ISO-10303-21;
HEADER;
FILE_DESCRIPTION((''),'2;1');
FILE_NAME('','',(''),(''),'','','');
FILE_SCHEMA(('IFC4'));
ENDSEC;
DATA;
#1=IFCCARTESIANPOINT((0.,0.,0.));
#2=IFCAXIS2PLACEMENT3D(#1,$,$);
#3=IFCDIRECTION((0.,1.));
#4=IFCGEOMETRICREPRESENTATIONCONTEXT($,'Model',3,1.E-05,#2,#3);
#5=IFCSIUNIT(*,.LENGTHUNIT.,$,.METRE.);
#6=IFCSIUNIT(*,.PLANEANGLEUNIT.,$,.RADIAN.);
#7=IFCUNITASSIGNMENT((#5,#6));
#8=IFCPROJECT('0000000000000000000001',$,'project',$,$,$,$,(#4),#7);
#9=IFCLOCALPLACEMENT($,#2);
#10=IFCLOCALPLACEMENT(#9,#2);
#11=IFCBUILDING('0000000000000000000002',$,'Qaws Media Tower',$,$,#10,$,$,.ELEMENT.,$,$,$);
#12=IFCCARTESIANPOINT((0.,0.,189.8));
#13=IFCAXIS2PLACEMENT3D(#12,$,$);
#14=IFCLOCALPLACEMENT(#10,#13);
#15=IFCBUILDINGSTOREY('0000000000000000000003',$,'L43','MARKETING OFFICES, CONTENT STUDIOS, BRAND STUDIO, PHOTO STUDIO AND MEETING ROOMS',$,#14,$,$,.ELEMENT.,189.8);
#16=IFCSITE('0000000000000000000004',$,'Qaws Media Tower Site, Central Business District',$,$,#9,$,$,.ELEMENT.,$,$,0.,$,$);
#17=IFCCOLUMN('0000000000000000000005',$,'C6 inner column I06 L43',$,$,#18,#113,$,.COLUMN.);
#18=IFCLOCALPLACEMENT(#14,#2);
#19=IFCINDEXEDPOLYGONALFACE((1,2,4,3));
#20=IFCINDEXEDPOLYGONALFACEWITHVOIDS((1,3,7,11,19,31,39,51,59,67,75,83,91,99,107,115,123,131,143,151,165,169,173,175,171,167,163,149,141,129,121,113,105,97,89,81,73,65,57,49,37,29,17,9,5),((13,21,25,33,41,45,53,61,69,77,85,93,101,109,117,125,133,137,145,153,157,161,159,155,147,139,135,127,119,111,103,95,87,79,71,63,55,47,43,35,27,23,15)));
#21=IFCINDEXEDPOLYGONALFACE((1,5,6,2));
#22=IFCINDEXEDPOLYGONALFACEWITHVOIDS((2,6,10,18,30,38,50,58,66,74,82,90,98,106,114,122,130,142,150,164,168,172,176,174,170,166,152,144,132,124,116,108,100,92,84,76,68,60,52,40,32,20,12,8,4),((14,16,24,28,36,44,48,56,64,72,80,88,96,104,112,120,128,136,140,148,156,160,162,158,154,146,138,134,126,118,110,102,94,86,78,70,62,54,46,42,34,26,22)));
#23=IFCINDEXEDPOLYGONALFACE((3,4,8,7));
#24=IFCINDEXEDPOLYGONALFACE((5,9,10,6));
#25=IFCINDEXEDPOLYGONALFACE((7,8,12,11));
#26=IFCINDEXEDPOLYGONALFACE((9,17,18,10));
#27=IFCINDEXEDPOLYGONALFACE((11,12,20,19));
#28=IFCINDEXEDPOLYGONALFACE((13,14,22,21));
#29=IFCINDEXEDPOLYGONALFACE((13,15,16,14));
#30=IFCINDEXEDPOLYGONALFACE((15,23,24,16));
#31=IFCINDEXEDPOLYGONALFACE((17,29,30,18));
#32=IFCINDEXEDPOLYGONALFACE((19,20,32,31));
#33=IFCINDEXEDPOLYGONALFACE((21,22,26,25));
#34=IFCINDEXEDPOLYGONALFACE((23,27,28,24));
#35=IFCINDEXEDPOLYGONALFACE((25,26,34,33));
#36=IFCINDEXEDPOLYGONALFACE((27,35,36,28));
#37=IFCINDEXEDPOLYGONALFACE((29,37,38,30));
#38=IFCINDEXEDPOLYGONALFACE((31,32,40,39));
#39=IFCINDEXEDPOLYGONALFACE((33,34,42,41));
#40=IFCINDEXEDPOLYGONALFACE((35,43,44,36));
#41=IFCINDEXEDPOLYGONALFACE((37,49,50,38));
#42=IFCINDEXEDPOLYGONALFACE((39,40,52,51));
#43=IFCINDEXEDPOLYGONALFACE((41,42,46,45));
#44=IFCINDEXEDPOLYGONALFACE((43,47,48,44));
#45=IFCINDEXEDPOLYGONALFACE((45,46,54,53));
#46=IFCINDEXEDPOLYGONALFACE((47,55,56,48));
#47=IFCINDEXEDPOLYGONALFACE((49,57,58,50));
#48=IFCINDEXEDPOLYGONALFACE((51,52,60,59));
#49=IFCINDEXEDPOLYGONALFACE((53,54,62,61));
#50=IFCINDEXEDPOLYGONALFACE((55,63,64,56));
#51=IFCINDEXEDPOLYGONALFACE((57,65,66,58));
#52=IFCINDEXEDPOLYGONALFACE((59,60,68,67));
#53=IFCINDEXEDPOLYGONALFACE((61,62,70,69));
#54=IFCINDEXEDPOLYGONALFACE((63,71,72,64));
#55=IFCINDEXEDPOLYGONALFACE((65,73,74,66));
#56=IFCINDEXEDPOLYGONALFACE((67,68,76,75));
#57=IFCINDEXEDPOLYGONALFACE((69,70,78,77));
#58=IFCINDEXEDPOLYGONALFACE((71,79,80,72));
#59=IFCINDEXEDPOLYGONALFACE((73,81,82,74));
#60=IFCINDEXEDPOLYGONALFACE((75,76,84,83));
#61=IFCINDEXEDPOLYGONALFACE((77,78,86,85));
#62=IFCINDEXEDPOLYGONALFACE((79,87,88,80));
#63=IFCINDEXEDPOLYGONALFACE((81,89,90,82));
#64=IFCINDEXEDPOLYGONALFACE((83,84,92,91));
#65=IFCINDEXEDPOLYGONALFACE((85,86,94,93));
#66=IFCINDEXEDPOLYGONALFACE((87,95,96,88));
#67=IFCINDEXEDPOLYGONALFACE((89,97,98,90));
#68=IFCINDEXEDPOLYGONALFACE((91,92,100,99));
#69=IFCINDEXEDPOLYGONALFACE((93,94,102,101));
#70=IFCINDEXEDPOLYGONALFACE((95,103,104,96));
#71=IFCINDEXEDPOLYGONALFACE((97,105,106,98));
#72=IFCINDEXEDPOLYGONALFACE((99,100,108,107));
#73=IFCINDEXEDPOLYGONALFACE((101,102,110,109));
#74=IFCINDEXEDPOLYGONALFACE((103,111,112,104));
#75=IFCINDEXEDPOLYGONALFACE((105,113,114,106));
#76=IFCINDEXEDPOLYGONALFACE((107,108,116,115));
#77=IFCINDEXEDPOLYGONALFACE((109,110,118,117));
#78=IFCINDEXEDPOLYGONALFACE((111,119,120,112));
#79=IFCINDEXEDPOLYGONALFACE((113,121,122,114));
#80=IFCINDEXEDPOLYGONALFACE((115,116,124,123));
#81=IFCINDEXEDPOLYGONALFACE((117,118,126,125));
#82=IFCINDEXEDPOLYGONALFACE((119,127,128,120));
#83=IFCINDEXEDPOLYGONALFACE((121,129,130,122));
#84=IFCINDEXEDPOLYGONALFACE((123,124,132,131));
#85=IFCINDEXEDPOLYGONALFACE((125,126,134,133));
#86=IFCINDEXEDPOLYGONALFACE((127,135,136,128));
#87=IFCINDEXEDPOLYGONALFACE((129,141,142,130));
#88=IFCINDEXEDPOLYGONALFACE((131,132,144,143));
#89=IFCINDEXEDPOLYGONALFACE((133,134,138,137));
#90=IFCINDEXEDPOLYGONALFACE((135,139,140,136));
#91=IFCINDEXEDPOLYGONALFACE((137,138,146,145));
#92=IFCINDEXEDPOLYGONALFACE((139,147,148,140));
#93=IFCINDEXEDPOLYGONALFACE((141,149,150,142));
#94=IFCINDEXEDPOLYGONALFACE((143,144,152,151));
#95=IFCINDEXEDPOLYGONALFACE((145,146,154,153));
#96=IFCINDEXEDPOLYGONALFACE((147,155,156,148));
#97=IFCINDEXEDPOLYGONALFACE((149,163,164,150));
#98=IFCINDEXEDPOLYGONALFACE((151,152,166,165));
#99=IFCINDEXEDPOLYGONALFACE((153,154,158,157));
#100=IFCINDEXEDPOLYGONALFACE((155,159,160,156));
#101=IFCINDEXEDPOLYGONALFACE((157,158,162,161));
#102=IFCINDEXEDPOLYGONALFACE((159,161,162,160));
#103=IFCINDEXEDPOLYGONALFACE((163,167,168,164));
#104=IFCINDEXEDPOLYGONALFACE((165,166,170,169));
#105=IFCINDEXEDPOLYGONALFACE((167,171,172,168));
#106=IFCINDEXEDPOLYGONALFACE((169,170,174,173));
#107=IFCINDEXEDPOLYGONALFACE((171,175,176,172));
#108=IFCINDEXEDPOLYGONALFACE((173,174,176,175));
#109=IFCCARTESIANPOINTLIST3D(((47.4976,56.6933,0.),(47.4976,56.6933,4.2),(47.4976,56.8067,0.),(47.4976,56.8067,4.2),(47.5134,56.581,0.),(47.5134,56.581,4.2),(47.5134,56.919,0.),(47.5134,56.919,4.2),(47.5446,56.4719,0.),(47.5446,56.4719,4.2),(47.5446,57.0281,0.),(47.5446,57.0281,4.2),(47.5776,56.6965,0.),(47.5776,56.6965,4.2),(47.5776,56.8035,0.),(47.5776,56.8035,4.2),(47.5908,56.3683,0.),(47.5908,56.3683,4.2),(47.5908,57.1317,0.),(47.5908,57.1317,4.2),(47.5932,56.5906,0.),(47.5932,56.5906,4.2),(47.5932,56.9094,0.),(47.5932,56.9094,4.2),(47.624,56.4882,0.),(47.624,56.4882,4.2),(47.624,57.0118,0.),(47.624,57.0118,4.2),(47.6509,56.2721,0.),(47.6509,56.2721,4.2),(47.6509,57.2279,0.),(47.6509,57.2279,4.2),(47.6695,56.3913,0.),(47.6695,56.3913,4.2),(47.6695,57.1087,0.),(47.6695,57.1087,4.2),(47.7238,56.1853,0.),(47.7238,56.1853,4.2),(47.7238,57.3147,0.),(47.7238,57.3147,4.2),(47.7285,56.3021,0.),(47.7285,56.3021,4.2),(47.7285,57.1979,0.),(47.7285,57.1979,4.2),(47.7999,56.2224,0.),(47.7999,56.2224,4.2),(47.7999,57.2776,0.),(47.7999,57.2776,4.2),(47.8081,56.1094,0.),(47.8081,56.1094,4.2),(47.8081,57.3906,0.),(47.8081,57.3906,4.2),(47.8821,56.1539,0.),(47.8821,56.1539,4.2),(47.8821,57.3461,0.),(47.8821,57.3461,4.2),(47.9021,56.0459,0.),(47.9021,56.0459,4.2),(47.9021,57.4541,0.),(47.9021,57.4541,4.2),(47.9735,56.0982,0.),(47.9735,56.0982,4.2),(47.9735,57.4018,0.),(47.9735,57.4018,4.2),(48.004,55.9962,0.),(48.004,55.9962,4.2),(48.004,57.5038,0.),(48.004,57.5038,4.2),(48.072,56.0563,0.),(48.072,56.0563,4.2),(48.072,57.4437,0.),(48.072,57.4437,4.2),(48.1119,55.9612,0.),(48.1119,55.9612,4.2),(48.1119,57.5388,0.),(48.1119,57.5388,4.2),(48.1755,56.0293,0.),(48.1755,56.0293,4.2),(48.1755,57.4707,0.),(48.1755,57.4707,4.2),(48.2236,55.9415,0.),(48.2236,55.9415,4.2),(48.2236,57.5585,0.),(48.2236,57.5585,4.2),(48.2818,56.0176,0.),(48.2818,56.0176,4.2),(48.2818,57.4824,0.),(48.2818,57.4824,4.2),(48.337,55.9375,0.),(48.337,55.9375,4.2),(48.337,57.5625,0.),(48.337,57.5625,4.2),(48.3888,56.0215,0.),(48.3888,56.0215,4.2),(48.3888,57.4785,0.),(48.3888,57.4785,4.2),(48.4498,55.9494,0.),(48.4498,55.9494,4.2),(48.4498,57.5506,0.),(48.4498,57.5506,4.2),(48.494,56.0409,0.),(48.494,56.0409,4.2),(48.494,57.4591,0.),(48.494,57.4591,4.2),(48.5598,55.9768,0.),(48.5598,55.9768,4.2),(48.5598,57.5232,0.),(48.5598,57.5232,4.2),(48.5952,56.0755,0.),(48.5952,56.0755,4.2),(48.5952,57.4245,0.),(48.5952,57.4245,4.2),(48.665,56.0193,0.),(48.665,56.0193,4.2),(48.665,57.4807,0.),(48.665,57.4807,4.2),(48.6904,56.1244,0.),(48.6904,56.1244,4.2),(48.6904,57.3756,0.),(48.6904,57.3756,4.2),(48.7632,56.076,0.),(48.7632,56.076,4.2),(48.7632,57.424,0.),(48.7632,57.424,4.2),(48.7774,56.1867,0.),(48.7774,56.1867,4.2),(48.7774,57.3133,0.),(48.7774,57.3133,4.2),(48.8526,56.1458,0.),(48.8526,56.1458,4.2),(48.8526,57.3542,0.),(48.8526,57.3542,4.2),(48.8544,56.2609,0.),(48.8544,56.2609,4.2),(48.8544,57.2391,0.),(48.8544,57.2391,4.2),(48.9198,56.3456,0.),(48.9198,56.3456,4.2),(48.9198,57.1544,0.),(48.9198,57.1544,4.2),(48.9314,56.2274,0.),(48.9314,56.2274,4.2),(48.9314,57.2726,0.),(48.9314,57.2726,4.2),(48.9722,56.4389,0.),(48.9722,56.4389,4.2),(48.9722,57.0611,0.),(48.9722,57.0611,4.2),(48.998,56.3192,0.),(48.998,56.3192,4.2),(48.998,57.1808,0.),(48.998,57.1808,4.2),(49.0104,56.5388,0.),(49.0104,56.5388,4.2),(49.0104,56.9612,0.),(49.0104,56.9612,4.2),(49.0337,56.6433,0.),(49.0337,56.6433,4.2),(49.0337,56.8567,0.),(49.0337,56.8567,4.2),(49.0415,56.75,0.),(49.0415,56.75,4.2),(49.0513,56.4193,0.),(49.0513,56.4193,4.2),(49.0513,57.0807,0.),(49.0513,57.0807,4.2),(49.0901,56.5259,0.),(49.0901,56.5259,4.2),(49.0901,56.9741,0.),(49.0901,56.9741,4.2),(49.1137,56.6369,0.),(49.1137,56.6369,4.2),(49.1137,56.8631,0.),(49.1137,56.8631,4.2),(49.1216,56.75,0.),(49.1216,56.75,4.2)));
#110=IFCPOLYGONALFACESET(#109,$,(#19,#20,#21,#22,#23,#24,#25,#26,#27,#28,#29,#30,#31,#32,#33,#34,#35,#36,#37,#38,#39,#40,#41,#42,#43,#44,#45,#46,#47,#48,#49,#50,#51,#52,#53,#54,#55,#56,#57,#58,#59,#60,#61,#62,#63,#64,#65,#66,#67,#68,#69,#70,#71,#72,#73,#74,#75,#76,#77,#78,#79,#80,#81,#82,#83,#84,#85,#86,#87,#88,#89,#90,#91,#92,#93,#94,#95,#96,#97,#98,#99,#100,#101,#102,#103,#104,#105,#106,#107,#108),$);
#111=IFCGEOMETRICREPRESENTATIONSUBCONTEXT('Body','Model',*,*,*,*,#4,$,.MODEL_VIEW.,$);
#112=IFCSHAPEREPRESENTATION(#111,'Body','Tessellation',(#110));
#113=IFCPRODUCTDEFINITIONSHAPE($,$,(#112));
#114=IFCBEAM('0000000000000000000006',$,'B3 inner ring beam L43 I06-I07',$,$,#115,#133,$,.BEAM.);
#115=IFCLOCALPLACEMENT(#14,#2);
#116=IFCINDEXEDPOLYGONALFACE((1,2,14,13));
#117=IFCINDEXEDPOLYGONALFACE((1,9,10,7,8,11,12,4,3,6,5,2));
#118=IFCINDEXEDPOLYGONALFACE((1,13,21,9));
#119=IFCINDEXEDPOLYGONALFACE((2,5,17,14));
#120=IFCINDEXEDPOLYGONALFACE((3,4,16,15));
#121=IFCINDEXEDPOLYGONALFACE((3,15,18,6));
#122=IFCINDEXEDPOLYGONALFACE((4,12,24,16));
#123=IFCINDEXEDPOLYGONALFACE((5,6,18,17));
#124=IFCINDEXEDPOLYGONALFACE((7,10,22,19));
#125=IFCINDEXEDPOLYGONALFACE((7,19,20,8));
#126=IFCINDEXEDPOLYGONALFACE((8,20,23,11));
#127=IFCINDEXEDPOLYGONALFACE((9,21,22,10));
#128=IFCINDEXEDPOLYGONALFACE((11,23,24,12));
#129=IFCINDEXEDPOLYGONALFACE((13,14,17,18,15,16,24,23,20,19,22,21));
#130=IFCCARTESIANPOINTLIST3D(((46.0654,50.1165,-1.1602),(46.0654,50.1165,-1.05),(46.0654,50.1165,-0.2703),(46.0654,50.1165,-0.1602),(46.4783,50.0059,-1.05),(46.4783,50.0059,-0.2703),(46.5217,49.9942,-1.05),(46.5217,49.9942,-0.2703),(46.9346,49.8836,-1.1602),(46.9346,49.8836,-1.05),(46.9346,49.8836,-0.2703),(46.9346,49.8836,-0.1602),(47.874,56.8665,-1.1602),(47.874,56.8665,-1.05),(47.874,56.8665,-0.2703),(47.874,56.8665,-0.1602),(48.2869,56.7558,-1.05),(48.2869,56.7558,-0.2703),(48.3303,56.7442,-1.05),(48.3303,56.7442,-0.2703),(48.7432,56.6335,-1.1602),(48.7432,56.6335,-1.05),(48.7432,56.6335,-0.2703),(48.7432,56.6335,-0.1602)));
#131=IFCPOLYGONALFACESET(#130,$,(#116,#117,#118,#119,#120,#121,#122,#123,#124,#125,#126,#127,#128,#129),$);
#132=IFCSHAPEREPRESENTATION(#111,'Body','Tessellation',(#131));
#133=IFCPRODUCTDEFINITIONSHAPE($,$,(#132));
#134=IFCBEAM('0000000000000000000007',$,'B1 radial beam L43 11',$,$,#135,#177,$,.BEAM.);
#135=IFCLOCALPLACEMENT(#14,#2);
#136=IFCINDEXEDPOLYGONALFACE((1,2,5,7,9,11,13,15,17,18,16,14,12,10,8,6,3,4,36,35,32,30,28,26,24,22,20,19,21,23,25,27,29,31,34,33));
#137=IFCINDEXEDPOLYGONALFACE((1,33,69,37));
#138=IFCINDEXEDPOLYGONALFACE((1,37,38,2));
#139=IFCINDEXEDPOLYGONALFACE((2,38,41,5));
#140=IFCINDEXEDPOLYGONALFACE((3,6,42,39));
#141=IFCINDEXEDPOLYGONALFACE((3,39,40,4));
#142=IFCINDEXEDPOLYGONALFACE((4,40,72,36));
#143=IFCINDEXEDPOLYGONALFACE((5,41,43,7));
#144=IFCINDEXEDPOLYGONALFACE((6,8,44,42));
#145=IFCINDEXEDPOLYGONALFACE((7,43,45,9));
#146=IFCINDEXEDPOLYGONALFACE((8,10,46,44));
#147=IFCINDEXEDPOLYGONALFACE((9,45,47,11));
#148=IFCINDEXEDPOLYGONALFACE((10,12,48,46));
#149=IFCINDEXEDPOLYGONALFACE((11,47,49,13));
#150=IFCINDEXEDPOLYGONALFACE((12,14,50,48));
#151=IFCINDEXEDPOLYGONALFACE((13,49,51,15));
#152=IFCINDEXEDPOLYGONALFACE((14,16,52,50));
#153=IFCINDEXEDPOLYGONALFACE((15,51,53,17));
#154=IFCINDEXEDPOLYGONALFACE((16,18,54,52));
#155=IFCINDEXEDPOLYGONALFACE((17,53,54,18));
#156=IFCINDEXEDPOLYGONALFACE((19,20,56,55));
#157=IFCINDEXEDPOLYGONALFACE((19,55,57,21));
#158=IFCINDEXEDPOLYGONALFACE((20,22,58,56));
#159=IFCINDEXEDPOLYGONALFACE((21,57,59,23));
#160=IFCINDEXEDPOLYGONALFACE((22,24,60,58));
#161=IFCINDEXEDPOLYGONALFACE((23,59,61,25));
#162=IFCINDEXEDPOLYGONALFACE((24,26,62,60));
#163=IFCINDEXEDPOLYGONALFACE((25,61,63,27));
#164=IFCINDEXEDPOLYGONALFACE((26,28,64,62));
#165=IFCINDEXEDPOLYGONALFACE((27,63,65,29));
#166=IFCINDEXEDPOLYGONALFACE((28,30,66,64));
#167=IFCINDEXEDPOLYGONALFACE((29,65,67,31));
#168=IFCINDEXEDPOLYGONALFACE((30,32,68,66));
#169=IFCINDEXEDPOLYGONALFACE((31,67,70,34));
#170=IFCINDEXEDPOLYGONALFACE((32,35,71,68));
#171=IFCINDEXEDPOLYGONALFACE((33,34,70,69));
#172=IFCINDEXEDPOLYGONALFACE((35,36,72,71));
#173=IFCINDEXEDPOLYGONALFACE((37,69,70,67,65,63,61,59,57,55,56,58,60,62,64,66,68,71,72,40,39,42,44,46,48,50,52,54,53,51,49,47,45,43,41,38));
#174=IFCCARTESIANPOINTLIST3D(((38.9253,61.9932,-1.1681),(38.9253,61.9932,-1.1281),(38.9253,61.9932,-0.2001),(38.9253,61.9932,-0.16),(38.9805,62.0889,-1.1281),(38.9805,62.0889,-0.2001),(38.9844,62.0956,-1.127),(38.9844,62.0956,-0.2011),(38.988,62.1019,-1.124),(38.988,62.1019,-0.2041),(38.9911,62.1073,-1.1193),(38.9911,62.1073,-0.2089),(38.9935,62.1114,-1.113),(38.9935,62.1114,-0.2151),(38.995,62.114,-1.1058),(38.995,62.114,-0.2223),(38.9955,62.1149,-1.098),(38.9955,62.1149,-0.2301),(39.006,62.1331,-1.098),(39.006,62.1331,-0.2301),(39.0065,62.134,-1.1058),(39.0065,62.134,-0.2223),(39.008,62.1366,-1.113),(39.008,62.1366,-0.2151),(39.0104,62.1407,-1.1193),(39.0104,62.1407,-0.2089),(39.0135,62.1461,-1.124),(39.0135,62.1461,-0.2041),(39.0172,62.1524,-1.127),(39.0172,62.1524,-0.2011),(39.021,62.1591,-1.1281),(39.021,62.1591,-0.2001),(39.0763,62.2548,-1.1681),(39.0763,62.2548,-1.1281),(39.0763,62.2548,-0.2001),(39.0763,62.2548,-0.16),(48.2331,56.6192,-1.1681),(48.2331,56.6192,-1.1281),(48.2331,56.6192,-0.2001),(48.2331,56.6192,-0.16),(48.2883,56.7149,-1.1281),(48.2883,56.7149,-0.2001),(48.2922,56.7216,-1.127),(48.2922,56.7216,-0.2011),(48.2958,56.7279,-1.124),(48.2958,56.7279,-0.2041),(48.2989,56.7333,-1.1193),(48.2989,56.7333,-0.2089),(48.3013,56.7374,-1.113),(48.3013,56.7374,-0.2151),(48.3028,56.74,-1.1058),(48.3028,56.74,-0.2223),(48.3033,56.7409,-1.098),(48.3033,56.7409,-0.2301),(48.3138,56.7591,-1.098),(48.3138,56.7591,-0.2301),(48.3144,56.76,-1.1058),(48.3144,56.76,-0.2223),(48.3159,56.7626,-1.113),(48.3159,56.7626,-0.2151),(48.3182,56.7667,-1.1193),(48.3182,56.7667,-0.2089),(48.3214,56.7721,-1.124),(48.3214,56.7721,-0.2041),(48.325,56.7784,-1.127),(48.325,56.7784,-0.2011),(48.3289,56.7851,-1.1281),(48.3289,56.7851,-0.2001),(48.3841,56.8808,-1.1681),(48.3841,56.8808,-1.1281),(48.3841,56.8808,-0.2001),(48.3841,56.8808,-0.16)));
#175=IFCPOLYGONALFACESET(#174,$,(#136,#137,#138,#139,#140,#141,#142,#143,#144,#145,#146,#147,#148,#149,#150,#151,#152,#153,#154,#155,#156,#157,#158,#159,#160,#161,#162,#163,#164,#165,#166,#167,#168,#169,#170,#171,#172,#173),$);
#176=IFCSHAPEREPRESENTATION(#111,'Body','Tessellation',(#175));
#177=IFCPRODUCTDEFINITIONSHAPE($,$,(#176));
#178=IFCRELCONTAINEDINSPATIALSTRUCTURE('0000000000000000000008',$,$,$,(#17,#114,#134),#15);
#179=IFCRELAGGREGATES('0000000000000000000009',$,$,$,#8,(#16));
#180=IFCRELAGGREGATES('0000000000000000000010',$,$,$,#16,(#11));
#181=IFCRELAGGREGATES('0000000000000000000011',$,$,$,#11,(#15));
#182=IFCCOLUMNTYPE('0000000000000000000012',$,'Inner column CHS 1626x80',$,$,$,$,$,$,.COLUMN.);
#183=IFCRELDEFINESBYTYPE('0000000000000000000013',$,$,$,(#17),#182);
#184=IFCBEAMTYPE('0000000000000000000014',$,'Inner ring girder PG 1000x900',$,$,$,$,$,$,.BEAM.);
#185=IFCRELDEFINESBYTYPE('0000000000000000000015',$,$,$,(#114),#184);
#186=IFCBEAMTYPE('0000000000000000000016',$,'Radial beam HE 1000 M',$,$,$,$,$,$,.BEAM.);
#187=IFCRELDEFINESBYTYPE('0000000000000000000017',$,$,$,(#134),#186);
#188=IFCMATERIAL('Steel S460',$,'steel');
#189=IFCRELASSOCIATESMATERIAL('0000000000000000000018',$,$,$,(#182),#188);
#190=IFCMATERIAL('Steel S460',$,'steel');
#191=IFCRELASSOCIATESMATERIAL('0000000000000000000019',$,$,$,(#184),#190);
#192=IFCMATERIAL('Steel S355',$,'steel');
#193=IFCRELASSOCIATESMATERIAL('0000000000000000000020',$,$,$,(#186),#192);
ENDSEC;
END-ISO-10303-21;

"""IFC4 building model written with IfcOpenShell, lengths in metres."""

from ifc_helpers import new_model, si_unit, direction, frame, origin, origin_2d, place, context, subcontext, project, spatial, hollow_circle, i_section, extrude, material, material_profile, profile_set, type_object, element, save


model = new_model("IFC4")

# Units and contexts
model_context = context("Model", 3, precision=1e-05, world=origin(), true_north=direction((0.0, 1.0)))
body_context = subcontext(model_context, "Body", "Model", "MODEL_VIEW")
ifc_project = project(units=[si_unit("LENGTHUNIT", "METRE"), si_unit("PLANEANGLEUNIT", "RADIAN")], contexts=[model_context])

# Site, building, storey
site_placement = place(None, origin())
site = spatial("IfcSite", under=ifc_project, at=site_placement, Name="Qaws Media Tower Site, Central Business District", CompositionType="ELEMENT", RefElevation=0.0)
building_placement = place(site_placement, origin())
building = spatial("IfcBuilding", under=site, at=building_placement, Name="Qaws Media Tower", CompositionType="ELEMENT")
storey_placement = place(building_placement, frame((0.0, 0.0, 189.8)))
storey = spatial("IfcBuildingStorey", under=building, at=storey_placement, Name="L43", Description="MARKETING OFFICES, CONTENT STUDIOS, BRAND STUDIO, PHOTO STUDIO AND MEETING ROOMS", CompositionType="ELEMENT", Elevation=189.8)

# Column
ifc_material_1 = material(Name="Steel S460", Category="steel")
ifc_material_profile_1 = material_profile(ifc_material_1, hollow_circle(Radius=0.813, WallThickness=0.0801, at=origin_2d()), Name="CHS 1626x80")
ifc_profile_set_1 = profile_set([ifc_material_profile_1], Name="Steel S460")
column_type = type_object("IfcColumnType", Name="Inner column CHS 1626x80", PredefinedType="COLUMN", material=ifc_profile_set_1)
column_placement = place(storey_placement, frame((48.3086, 56.75, 0.0), z_axis=(0.0, 0.0, 1.0), x_axis=(1.0, 0.0, 0.0)))
element("IfcColumn", 1, at=column_placement, inside=storey, type_object=column_type, Name="C6 inner column I06 L43", PredefinedType="COLUMN", context=body_context, shape_type="SweptSolid", body=[
    extrude(hollow_circle(Radius=0.813, WallThickness=0.0801, at=origin_2d()), origin(), (0.0, 0.0, 1.0), 4.2),
])

# Beams
ifc_material_2 = material(Name="Steel S460", Category="steel")
ifc_material_profile_2 = material_profile(ifc_material_2, i_section(OverallWidth=0.8999, OverallDepth=1.0, WebThickness=0.0449, FlangeThickness=0.1101, at=origin_2d()), Name="PG 1000x900")
ifc_profile_set_2 = profile_set([ifc_material_profile_2], Name="Steel S460")
beam_type_1 = type_object("IfcBeamType", Name="Inner ring girder PG 1000x900", PredefinedType="BEAM", material=ifc_profile_set_2)
beam_1_placement = place(storey_placement, frame((48.3086, 56.75, -0.6602), z_axis=(-0.258811, -0.965928, 0.0), x_axis=(0.965928, -0.258811, 0.0)))
element("IfcBeam", 2, at=beam_1_placement, inside=storey, type_object=beam_type_1, Name="B3 inner ring beam L43 I06-I07", PredefinedType="BEAM", context=body_context, shape_type="SweptSolid", body=[
    extrude(i_section(OverallWidth=0.8999, OverallDepth=1.0, WebThickness=0.0449, FlangeThickness=0.1101, at=origin_2d()), origin(), (0.0, 0.0, 1.0), 6.988),
])
ifc_material_3 = material(Name="Steel S355", Category="steel")
ifc_material_profile_3 = material_profile(ifc_material_3, i_section(OverallWidth=0.302, OverallDepth=1.0081, WebThickness=0.021, FlangeThickness=0.04, FilletRadius=0.03, at=origin_2d()), Name="HE 1000 M")
ifc_profile_set_3 = profile_set([ifc_material_profile_3], Name="Steel S355")
beam_type_2 = type_object("IfcBeamType", Name="Radial beam HE 1000 M", PredefinedType="BEAM", material=ifc_profile_set_3)
beam_2_placement = place(storey_placement, frame((48.3086, 56.75, -0.6641), z_axis=(-0.86602, 0.500009, 0.0), x_axis=(-0.500009, -0.86602, 0.0)))
element("IfcBeam", 3, at=beam_2_placement, inside=storey, type_object=beam_type_2, Name="B1 radial beam L43 11", PredefinedType="BEAM", context=body_context, shape_type="SweptSolid", body=[
    extrude(i_section(OverallWidth=0.302, OverallDepth=1.0081, WebThickness=0.021, FlangeThickness=0.04, FilletRadius=0.03, at=origin_2d()), origin(), (0.0, 0.0, 1.0), 10.7478),
])

save(model, "model.ifc")
